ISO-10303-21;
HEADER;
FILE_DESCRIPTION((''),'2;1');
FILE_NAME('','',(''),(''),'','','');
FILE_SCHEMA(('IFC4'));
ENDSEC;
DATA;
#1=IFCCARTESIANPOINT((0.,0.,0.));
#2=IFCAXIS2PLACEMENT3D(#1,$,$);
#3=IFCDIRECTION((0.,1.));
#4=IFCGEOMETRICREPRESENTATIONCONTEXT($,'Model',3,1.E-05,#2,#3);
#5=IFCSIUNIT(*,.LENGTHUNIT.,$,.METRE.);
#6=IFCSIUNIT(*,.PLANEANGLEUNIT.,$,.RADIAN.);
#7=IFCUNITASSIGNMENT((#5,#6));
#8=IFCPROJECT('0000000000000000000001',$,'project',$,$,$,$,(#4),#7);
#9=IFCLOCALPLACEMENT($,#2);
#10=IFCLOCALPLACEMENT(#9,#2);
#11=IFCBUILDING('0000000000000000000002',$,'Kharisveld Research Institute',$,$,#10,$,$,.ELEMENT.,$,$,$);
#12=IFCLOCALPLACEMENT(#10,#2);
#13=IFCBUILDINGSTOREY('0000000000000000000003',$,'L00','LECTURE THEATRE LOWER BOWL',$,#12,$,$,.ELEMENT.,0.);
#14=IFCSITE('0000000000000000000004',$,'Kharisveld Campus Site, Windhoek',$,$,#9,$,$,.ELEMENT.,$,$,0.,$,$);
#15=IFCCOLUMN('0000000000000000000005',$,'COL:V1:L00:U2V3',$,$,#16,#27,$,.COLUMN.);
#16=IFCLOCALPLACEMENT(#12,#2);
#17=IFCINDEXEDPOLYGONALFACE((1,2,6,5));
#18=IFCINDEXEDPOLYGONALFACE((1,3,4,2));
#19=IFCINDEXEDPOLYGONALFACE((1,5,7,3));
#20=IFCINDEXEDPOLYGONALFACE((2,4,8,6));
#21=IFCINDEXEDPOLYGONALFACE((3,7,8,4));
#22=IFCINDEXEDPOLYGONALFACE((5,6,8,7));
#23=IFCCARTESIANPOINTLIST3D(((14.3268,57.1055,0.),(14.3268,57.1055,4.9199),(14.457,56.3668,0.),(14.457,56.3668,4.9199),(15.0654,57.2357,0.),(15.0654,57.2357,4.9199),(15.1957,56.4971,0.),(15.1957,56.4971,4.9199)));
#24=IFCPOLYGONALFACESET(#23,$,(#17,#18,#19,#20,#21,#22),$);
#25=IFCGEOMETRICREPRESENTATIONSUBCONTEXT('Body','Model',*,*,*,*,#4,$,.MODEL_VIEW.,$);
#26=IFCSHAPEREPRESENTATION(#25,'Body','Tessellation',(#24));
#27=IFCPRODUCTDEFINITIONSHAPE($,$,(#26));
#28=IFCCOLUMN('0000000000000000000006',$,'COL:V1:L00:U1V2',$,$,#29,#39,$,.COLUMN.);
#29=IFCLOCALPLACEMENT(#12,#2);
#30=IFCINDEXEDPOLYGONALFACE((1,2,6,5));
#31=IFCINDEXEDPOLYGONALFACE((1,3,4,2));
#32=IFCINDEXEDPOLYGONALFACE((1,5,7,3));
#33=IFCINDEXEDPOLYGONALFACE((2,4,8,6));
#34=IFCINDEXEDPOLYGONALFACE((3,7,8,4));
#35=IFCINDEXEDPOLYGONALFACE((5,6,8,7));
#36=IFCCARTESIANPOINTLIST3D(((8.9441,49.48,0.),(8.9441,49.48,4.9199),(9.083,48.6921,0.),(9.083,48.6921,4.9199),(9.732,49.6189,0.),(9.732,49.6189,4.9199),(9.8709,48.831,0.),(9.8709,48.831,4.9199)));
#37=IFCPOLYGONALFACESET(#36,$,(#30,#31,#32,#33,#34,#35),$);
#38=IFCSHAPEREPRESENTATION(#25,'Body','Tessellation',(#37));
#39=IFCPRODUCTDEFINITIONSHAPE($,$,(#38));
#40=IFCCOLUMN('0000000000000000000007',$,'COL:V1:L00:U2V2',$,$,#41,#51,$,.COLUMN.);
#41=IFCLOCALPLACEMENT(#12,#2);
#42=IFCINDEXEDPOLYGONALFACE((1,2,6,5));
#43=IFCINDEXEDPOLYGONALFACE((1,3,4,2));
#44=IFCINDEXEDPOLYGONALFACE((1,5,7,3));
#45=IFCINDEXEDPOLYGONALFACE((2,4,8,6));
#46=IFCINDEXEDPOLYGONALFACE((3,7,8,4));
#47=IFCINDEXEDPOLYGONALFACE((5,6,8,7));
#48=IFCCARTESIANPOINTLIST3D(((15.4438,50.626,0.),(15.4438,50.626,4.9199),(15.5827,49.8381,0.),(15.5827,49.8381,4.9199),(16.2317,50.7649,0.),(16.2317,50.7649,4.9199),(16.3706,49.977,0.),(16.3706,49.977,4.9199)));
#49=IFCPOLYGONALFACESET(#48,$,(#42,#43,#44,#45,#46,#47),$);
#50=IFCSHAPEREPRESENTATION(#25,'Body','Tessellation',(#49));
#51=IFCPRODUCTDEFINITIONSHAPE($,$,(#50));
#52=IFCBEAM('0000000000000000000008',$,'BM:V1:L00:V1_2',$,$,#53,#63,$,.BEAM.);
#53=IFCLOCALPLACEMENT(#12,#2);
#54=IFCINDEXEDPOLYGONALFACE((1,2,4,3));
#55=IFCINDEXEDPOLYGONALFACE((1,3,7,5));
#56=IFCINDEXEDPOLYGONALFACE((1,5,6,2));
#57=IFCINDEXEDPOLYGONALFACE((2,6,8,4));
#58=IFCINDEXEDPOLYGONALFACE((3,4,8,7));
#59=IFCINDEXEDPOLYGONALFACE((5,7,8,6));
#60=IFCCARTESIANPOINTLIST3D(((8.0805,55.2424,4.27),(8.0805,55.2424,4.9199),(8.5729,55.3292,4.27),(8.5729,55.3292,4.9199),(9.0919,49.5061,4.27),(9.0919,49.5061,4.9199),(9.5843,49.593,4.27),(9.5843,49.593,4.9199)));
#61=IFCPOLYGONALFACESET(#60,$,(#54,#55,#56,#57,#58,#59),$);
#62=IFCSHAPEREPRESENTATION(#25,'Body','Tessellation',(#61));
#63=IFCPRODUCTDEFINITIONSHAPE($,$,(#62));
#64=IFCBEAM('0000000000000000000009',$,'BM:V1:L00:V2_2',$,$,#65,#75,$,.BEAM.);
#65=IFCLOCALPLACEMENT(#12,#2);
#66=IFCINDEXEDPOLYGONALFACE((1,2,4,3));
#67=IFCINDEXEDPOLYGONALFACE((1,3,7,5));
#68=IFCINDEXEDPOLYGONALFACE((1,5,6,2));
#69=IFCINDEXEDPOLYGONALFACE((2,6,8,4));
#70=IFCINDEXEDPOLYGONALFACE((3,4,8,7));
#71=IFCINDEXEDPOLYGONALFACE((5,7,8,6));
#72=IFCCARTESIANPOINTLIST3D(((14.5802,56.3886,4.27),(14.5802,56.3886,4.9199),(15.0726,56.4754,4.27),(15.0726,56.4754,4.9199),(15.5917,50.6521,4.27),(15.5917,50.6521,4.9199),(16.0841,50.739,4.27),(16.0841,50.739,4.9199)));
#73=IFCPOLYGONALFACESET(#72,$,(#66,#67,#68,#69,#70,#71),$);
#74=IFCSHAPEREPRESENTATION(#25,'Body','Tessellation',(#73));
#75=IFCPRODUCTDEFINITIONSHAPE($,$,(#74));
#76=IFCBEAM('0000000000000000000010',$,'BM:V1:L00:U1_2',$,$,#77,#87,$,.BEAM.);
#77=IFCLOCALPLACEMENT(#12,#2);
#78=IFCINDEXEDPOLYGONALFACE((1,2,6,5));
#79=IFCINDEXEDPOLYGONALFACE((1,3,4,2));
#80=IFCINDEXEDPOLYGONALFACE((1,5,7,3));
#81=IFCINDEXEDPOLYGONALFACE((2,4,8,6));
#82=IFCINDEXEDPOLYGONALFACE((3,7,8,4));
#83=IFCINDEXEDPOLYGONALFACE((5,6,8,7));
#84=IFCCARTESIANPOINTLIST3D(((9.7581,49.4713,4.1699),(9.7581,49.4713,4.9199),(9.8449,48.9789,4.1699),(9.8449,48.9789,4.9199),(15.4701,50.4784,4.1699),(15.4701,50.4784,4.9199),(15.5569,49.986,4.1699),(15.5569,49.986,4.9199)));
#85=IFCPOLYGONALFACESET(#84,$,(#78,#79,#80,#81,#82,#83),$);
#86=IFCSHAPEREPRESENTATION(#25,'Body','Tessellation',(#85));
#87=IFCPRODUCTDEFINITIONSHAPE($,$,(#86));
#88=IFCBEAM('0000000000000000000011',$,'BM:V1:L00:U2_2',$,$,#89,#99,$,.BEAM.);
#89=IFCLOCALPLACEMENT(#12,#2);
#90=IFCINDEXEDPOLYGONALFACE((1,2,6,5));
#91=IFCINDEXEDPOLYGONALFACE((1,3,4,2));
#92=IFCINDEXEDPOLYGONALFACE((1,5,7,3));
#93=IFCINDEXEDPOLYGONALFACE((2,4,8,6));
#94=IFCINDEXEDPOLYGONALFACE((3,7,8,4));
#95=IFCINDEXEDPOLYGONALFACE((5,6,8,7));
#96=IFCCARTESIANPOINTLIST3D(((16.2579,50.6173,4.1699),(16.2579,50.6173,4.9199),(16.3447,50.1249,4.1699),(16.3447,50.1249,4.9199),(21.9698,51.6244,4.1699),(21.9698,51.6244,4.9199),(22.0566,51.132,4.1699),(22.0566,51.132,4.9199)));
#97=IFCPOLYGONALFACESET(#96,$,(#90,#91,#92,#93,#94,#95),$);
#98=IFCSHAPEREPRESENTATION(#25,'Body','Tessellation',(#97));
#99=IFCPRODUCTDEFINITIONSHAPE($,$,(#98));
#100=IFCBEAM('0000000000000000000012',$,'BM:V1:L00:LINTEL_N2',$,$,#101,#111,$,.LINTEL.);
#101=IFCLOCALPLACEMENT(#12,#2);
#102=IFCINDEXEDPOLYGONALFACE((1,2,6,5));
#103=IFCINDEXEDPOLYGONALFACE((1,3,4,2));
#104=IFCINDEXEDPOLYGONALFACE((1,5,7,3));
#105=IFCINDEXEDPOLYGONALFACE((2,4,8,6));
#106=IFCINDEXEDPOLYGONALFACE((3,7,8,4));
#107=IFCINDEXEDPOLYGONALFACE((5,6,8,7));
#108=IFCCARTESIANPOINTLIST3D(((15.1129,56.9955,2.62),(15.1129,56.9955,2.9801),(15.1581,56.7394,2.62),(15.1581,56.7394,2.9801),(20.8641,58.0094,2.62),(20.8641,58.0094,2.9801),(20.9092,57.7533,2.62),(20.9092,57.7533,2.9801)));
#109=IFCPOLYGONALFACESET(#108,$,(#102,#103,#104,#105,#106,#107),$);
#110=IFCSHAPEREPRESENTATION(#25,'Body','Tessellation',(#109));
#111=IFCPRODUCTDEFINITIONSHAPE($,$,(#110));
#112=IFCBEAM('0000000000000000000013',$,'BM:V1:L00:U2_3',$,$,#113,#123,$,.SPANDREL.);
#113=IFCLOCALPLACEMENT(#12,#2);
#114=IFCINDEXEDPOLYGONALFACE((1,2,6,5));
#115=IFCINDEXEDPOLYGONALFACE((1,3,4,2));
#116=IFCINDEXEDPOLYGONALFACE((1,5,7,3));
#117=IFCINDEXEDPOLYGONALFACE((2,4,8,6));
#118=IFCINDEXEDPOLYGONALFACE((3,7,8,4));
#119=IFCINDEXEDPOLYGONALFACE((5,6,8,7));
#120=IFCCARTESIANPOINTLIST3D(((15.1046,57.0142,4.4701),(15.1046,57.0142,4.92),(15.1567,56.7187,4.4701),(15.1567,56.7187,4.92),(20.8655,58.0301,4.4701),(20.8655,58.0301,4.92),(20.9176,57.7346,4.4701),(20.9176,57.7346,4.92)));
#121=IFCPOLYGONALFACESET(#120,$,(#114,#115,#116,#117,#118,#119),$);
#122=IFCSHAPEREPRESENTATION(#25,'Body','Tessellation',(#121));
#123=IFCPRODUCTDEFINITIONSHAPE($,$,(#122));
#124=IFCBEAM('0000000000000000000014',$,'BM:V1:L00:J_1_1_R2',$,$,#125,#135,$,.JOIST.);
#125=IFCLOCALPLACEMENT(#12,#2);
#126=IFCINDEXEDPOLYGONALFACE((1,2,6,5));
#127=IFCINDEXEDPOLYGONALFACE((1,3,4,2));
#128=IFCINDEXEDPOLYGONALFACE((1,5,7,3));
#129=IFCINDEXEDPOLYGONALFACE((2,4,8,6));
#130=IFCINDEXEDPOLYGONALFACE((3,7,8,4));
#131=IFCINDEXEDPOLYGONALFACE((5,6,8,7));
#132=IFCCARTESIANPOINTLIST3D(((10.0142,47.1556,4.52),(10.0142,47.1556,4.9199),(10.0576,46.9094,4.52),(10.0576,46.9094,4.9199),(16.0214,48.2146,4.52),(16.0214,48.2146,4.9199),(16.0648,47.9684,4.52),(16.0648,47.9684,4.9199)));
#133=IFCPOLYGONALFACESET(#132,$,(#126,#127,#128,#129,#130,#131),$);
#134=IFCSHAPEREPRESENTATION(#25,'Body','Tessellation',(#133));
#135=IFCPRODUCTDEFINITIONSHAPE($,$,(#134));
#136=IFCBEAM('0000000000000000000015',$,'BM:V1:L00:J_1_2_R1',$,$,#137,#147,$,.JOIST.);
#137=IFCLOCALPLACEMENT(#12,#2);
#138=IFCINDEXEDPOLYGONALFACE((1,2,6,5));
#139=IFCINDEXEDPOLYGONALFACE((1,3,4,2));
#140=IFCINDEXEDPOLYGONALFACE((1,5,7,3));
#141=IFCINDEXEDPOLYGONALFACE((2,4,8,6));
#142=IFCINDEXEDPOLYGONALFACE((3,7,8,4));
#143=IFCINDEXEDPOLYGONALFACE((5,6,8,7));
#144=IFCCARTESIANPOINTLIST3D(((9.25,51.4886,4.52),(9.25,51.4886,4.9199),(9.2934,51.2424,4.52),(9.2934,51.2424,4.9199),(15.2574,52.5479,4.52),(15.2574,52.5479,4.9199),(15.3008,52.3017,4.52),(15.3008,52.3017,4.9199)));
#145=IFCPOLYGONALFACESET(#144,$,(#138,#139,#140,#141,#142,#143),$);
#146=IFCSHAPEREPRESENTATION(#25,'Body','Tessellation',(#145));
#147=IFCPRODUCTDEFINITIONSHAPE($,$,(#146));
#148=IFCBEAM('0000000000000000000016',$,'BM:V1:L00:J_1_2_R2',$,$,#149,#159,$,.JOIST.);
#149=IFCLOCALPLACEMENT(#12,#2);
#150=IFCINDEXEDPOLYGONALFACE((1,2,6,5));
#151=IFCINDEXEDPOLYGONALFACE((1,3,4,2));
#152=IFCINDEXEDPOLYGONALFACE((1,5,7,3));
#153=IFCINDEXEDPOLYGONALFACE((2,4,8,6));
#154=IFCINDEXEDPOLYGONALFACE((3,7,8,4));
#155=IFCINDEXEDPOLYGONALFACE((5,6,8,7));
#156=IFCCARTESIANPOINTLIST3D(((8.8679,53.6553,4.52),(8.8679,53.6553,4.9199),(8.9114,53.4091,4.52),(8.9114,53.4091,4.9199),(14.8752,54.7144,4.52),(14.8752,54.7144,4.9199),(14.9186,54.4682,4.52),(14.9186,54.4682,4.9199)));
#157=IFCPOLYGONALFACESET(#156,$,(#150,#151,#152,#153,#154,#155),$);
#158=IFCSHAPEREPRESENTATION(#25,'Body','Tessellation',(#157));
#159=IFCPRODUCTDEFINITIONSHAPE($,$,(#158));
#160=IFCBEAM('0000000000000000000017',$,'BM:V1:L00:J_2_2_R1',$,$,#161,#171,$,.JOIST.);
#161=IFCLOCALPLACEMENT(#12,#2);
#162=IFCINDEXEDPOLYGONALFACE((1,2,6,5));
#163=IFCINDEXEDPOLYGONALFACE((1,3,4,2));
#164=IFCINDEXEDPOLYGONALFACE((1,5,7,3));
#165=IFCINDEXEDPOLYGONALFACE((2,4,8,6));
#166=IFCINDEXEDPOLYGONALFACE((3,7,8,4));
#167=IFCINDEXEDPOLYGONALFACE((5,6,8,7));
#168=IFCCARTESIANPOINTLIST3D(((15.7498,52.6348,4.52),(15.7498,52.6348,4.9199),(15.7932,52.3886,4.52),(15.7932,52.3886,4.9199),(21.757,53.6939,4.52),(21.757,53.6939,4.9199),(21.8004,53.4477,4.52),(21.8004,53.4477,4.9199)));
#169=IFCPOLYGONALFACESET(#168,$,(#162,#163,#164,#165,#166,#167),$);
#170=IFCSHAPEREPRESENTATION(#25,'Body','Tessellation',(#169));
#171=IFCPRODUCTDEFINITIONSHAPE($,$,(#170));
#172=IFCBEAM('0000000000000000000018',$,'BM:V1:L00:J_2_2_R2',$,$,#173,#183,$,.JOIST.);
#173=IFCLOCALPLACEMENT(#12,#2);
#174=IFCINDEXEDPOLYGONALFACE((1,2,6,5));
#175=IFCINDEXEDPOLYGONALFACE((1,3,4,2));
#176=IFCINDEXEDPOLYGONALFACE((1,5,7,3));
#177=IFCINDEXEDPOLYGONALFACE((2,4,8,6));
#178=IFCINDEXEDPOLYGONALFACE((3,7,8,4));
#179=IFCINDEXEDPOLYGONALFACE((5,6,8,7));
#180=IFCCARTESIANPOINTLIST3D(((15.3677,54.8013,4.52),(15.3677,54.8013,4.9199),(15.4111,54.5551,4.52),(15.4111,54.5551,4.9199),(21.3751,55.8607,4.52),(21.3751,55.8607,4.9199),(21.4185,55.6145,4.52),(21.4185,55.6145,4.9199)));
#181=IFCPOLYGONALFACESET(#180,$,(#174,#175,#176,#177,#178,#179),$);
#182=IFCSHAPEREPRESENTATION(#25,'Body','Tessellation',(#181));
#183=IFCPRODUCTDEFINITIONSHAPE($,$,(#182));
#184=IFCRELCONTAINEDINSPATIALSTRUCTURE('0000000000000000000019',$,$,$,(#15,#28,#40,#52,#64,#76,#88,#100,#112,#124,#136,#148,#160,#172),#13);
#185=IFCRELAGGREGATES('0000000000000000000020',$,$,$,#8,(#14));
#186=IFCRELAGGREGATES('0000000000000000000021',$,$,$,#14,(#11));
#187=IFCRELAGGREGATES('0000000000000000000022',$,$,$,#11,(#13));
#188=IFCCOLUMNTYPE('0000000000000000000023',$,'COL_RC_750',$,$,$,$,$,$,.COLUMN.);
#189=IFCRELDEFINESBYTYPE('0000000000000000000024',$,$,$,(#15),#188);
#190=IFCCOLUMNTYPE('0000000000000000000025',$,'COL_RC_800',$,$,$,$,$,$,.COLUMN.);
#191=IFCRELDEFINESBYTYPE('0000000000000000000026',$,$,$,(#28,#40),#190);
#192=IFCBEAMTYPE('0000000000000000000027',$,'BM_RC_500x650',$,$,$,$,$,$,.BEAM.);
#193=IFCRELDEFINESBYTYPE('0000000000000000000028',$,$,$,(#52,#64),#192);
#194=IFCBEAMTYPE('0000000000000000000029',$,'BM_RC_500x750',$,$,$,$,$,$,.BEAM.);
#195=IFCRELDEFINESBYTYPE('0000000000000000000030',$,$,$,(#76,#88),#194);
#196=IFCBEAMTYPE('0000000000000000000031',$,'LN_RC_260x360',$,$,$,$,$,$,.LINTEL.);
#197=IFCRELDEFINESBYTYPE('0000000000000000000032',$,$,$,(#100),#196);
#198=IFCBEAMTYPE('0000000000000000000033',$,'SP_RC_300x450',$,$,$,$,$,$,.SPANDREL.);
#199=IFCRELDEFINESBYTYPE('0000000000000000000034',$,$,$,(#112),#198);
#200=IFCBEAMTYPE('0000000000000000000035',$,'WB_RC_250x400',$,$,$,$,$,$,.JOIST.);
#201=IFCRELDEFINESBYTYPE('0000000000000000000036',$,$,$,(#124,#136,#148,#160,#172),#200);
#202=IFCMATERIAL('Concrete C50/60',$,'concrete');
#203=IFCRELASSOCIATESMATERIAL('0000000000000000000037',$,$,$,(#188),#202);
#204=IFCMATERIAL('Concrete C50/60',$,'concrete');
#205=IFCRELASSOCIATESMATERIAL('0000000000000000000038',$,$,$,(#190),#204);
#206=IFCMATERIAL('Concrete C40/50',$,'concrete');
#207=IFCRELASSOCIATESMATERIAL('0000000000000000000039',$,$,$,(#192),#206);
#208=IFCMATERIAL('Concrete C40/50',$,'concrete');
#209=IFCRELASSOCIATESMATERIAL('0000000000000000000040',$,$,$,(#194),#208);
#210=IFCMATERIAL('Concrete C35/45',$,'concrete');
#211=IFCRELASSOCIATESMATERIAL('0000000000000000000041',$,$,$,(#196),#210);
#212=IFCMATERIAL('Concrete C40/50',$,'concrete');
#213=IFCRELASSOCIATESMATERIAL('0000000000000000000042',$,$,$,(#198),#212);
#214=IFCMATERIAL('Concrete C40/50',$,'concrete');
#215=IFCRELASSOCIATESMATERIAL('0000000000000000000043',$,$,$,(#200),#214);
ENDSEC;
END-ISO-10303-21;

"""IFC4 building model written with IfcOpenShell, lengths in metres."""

from ifc_helpers import new_model, si_unit, direction, frame, origin, origin_2d, place, context, subcontext, project, spatial, rectangle, extrude, material, material_profile, profile_set, type_object, element, save


model = new_model("IFC4")

# Units and contexts
model_context = context("Model", 3, precision=1e-05, world=origin(), true_north=direction((0.0, 1.0)))
body_context = subcontext(model_context, "Body", "Model", "MODEL_VIEW")
ifc_project = project(units=[si_unit("LENGTHUNIT", "METRE"), si_unit("PLANEANGLEUNIT", "RADIAN")], contexts=[model_context])

# Site, building, storey
site_placement = place(None, origin())
site = spatial("IfcSite", under=ifc_project, at=site_placement, Name="Kharisveld Campus Site, Windhoek", CompositionType="ELEMENT", RefElevation=0.0)
building_placement = place(site_placement, origin())
building = spatial("IfcBuilding", under=site, at=building_placement, Name="Kharisveld Research Institute", CompositionType="ELEMENT")
storey_placement = place(building_placement, origin())
storey = spatial("IfcBuildingStorey", under=building, at=storey_placement, Name="L00", Description="LECTURE THEATRE LOWER BOWL", CompositionType="ELEMENT", Elevation=0.0)

# Columns
ifc_material_1 = material(Name="Concrete C50/60", Category="concrete")
ifc_material_profile_1 = material_profile(ifc_material_1, rectangle(XDim=0.75, YDim=0.75, at=origin_2d()))
ifc_profile_set_1 = profile_set([ifc_material_profile_1], Name="Concrete C50/60")
column_type_1 = type_object("IfcColumnType", Name="COL_RC_750", PredefinedType="COLUMN", material=ifc_profile_set_1)
column_placement = place(storey_placement, frame((14.7612, 56.8013, 0.0), z_axis=(0.0, 0.0, 1.0), x_axis=(0.984808, 0.173648, 0.0)))
element("IfcColumn", 1, at=column_placement, inside=storey, type_object=column_type_1, Name="COL:V1:L00:U2V3", PredefinedType="COLUMN", context=body_context, shape_type="SweptSolid", body=[
    extrude(rectangle(XDim=0.75, YDim=0.75, at=origin_2d()), origin(), (0.0, 0.0, 1.0), 4.9199),
])
ifc_material_2 = material(Name="Concrete C50/60", Category="concrete")
ifc_material_profile_2 = material_profile(ifc_material_2, rectangle(XDim=0.8, YDim=0.8, at=origin_2d()))
ifc_profile_set_2 = profile_set([ifc_material_profile_2], Name="Concrete C50/60")
column_type_2 = type_object("IfcColumnType", Name="COL_RC_800", PredefinedType="COLUMN", material=ifc_profile_set_2)
for number, where, z_axis, x_axis, name in (
    (2, (9.4075, 49.1555, 0.0), (0.0, 0.0, 1.0), (0.984808, 0.173648, 0.0), "COL:V1:L00:U1V2"),
    (3, (15.9072, 50.3015, 0.0), (0.0, 0.0, 1.0), (0.984808, 0.173648, 0.0), "COL:V1:L00:U2V2"),
):
    element("IfcColumn", number, at=place(storey_placement, frame(where, z_axis=z_axis, x_axis=x_axis)), inside=storey, type_object=column_type_2, Name=name, PredefinedType="COLUMN", context=body_context, shape_type="SweptSolid", body=[
        extrude(rectangle(XDim=0.8, YDim=0.8, at=origin_2d()), origin(), (0.0, 0.0, 1.0), 4.9199),
    ])

# Beams
ifc_material_3 = material(Name="Concrete C40/50", Category="concrete")
ifc_material_profile_3 = material_profile(ifc_material_3, rectangle(XDim=0.5, YDim=0.6499, at=origin_2d()))
ifc_profile_set_3 = profile_set([ifc_material_profile_3], Name="Concrete C40/50")
beam_type_1 = type_object("IfcBeamType", Name="BM_RC_500x650", PredefinedType="BEAM", material=ifc_profile_set_3)
beam_1_placement = place(storey_placement, frame((9.3381, 49.5496, 4.595), z_axis=(-0.173649, 0.984808, 0.0), x_axis=(-0.984808, -0.173649, 0.0)))
element("IfcBeam", 4, at=beam_1_placement, inside=storey, type_object=beam_type_1, Name="BM:V1:L00:V1_2", PredefinedType="BEAM", context=body_context, shape_type="SweptSolid", body=[
    extrude(rectangle(XDim=0.5, YDim=0.6499, at=origin_2d()), origin(), (0.0, 0.0, 1.0), 5.8247),
])
beam_2_placement = place(storey_placement, frame((15.8379, 50.6956, 4.595), z_axis=(-0.173642, 0.984809, 0.0), x_axis=(-0.984809, -0.173642, 0.0)))
element("IfcBeam", 5, at=beam_2_placement, inside=storey, type_object=beam_type_1, Name="BM:V1:L00:V2_2", PredefinedType="BEAM", context=body_context, shape_type="SweptSolid", body=[
    extrude(rectangle(XDim=0.5, YDim=0.6499, at=origin_2d()), origin(), (0.0, 0.0, 1.0), 5.825),
])
ifc_material_4 = material(Name="Concrete C40/50", Category="concrete")
ifc_material_profile_4 = material_profile(ifc_material_4, rectangle(XDim=0.5, YDim=0.75, at=origin_2d()))
ifc_profile_set_4 = profile_set([ifc_material_profile_4], Name="Concrete C40/50")
beam_type_2 = type_object("IfcBeamType", Name="BM_RC_500x750", PredefinedType="BEAM", material=ifc_profile_set_4)
for number, where, z_axis, x_axis, name in (
    (6, (9.8015, 49.2251, 4.5449), (0.98481, 0.173634, 0.0), (-0.173634, 0.98481, 0.0), "BM:V1:L00:U1_2"),
    (7, (16.3013, 50.3711, 4.5449), (0.98481, 0.173634, 0.0), (-0.173634, 0.98481, 0.0), "BM:V1:L00:U2_2"),
):
    element("IfcBeam", number, at=place(storey_placement, frame(where, z_axis=z_axis, x_axis=x_axis)), inside=storey, type_object=beam_type_2, Name=name, PredefinedType="BEAM", context=body_context, shape_type="SweptSolid", body=[
        extrude(rectangle(XDim=0.5, YDim=0.75, at=origin_2d()), origin(), (0.0, 0.0, 1.0), 5.8),
    ])
ifc_material_5 = material(Name="Concrete C35/45", Category="concrete")
ifc_material_profile_5 = material_profile(ifc_material_5, rectangle(XDim=0.26, YDim=0.3601, at=origin_2d()))
ifc_profile_set_5 = profile_set([ifc_material_profile_5], Name="Concrete C35/45")
beam_type_3 = type_object("IfcBeamType", Name="LN_RC_260x360", PredefinedType="LINTEL", material=ifc_profile_set_5)
beam_3_placement = place(storey_placement, frame((15.1355, 56.8674, 2.8), z_axis=(0.984813, 0.173618, 0.0), x_axis=(-0.173618, 0.984813, 0.0)))
element("IfcBeam", 8, at=beam_3_placement, inside=storey, type_object=beam_type_3, Name="BM:V1:L00:LINTEL_N2", PredefinedType="LINTEL", context=body_context, shape_type="SweptSolid", body=[
    extrude(rectangle(XDim=0.26, YDim=0.3601, at=origin_2d()), origin(), (0.0, 0.0, 1.0), 5.8398),
])
ifc_material_6 = material(Name="Concrete C40/50", Category="concrete")
ifc_material_profile_6 = material_profile(ifc_material_6, rectangle(XDim=0.3, YDim=0.45, at=origin_2d()))
ifc_profile_set_6 = profile_set([ifc_material_profile_6], Name="Concrete C40/50")
beam_type_4 = type_object("IfcBeamType", Name="SP_RC_300x450", PredefinedType="SPANDREL", material=ifc_profile_set_6)
beam_4_placement = place(storey_placement, frame((15.1306, 56.8665, 4.6951), z_axis=(0.984806, 0.173657, 0.0), x_axis=(-0.173657, 0.984806, 0.0)))
element("IfcBeam", 9, at=beam_4_placement, inside=storey, type_object=beam_type_4, Name="BM:V1:L00:U2_3", PredefinedType="SPANDREL", context=body_context, shape_type="SweptSolid", body=[
    extrude(rectangle(XDim=0.3, YDim=0.45, at=origin_2d()), origin(), (0.0, 0.0, 1.0), 5.8499),
])
ifc_material_7 = material(Name="Concrete C40/50", Category="concrete")
ifc_material_profile_7 = material_profile(ifc_material_7, rectangle(XDim=0.25, YDim=0.3999, at=origin_2d()))
ifc_profile_set_7 = profile_set([ifc_material_profile_7], Name="Concrete C40/50")
beam_type_5 = type_object("IfcBeamType", Name="WB_RC_250x400", PredefinedType="JOIST", material=ifc_profile_set_7)
beam_5_placement = place(storey_placement, frame((10.0359, 47.0325, 4.72), z_axis=(0.984813, 0.173621, 0.0), x_axis=(-0.173621, 0.984813, 0.0)))
element("IfcBeam", 10, at=beam_5_placement, inside=storey, type_object=beam_type_5, Name="BM:V1:L00:J_1_1_R2", PredefinedType="JOIST", context=body_context, shape_type="SweptSolid", body=[
    extrude(rectangle(XDim=0.25, YDim=0.3999, at=origin_2d()), origin(), (0.0, 0.0, 1.0), 6.0999),
])
beam_6_placement = place(storey_placement, frame((9.2717, 51.3655, 4.72), z_axis=(0.984806, 0.17366, 0.0), x_axis=(-0.17366, 0.984806, 0.0)))
element("IfcBeam", 11, at=beam_6_placement, inside=storey, type_object=beam_type_5, Name="BM:V1:L00:J_1_2_R1", PredefinedType="JOIST", context=body_context, shape_type="SweptSolid", body=[
    extrude(rectangle(XDim=0.25, YDim=0.3999, at=origin_2d()), origin(), (0.0, 0.0, 1.0), 6.1001),
])
for number, where, z_axis, x_axis, name in (
    (12, (8.8896, 53.5322, 4.72), (0.984813, 0.173621, 0.0), (-0.173621, 0.984813, 0.0), "BM:V1:L00:J_1_2_R2"),
    (13, (15.7715, 52.5117, 4.72), (0.984813, 0.173621, 0.0), (-0.173621, 0.984813, 0.0), "BM:V1:L00:J_2_2_R1"),
):
    element("IfcBeam", number, at=place(storey_placement, frame(where, z_axis=z_axis, x_axis=x_axis)), inside=storey, type_object=beam_type_5, Name=name, PredefinedType="JOIST", context=body_context, shape_type="SweptSolid", body=[
        extrude(rectangle(XDim=0.25, YDim=0.3999, at=origin_2d()), origin(), (0.0, 0.0, 1.0), 6.0999),
    ])
beam_7_placement = place(storey_placement, frame((15.3894, 54.6782, 4.72), z_axis=(0.984806, 0.17366, 0.0), x_axis=(-0.17366, 0.984806, 0.0)))
element("IfcBeam", 14, at=beam_7_placement, inside=storey, type_object=beam_type_5, Name="BM:V1:L00:J_2_2_R2", PredefinedType="JOIST", context=body_context, shape_type="SweptSolid", body=[
    extrude(rectangle(XDim=0.25, YDim=0.3999, at=origin_2d()), origin(), (0.0, 0.0, 1.0), 6.1001),
])

save(model, "model.ifc")
